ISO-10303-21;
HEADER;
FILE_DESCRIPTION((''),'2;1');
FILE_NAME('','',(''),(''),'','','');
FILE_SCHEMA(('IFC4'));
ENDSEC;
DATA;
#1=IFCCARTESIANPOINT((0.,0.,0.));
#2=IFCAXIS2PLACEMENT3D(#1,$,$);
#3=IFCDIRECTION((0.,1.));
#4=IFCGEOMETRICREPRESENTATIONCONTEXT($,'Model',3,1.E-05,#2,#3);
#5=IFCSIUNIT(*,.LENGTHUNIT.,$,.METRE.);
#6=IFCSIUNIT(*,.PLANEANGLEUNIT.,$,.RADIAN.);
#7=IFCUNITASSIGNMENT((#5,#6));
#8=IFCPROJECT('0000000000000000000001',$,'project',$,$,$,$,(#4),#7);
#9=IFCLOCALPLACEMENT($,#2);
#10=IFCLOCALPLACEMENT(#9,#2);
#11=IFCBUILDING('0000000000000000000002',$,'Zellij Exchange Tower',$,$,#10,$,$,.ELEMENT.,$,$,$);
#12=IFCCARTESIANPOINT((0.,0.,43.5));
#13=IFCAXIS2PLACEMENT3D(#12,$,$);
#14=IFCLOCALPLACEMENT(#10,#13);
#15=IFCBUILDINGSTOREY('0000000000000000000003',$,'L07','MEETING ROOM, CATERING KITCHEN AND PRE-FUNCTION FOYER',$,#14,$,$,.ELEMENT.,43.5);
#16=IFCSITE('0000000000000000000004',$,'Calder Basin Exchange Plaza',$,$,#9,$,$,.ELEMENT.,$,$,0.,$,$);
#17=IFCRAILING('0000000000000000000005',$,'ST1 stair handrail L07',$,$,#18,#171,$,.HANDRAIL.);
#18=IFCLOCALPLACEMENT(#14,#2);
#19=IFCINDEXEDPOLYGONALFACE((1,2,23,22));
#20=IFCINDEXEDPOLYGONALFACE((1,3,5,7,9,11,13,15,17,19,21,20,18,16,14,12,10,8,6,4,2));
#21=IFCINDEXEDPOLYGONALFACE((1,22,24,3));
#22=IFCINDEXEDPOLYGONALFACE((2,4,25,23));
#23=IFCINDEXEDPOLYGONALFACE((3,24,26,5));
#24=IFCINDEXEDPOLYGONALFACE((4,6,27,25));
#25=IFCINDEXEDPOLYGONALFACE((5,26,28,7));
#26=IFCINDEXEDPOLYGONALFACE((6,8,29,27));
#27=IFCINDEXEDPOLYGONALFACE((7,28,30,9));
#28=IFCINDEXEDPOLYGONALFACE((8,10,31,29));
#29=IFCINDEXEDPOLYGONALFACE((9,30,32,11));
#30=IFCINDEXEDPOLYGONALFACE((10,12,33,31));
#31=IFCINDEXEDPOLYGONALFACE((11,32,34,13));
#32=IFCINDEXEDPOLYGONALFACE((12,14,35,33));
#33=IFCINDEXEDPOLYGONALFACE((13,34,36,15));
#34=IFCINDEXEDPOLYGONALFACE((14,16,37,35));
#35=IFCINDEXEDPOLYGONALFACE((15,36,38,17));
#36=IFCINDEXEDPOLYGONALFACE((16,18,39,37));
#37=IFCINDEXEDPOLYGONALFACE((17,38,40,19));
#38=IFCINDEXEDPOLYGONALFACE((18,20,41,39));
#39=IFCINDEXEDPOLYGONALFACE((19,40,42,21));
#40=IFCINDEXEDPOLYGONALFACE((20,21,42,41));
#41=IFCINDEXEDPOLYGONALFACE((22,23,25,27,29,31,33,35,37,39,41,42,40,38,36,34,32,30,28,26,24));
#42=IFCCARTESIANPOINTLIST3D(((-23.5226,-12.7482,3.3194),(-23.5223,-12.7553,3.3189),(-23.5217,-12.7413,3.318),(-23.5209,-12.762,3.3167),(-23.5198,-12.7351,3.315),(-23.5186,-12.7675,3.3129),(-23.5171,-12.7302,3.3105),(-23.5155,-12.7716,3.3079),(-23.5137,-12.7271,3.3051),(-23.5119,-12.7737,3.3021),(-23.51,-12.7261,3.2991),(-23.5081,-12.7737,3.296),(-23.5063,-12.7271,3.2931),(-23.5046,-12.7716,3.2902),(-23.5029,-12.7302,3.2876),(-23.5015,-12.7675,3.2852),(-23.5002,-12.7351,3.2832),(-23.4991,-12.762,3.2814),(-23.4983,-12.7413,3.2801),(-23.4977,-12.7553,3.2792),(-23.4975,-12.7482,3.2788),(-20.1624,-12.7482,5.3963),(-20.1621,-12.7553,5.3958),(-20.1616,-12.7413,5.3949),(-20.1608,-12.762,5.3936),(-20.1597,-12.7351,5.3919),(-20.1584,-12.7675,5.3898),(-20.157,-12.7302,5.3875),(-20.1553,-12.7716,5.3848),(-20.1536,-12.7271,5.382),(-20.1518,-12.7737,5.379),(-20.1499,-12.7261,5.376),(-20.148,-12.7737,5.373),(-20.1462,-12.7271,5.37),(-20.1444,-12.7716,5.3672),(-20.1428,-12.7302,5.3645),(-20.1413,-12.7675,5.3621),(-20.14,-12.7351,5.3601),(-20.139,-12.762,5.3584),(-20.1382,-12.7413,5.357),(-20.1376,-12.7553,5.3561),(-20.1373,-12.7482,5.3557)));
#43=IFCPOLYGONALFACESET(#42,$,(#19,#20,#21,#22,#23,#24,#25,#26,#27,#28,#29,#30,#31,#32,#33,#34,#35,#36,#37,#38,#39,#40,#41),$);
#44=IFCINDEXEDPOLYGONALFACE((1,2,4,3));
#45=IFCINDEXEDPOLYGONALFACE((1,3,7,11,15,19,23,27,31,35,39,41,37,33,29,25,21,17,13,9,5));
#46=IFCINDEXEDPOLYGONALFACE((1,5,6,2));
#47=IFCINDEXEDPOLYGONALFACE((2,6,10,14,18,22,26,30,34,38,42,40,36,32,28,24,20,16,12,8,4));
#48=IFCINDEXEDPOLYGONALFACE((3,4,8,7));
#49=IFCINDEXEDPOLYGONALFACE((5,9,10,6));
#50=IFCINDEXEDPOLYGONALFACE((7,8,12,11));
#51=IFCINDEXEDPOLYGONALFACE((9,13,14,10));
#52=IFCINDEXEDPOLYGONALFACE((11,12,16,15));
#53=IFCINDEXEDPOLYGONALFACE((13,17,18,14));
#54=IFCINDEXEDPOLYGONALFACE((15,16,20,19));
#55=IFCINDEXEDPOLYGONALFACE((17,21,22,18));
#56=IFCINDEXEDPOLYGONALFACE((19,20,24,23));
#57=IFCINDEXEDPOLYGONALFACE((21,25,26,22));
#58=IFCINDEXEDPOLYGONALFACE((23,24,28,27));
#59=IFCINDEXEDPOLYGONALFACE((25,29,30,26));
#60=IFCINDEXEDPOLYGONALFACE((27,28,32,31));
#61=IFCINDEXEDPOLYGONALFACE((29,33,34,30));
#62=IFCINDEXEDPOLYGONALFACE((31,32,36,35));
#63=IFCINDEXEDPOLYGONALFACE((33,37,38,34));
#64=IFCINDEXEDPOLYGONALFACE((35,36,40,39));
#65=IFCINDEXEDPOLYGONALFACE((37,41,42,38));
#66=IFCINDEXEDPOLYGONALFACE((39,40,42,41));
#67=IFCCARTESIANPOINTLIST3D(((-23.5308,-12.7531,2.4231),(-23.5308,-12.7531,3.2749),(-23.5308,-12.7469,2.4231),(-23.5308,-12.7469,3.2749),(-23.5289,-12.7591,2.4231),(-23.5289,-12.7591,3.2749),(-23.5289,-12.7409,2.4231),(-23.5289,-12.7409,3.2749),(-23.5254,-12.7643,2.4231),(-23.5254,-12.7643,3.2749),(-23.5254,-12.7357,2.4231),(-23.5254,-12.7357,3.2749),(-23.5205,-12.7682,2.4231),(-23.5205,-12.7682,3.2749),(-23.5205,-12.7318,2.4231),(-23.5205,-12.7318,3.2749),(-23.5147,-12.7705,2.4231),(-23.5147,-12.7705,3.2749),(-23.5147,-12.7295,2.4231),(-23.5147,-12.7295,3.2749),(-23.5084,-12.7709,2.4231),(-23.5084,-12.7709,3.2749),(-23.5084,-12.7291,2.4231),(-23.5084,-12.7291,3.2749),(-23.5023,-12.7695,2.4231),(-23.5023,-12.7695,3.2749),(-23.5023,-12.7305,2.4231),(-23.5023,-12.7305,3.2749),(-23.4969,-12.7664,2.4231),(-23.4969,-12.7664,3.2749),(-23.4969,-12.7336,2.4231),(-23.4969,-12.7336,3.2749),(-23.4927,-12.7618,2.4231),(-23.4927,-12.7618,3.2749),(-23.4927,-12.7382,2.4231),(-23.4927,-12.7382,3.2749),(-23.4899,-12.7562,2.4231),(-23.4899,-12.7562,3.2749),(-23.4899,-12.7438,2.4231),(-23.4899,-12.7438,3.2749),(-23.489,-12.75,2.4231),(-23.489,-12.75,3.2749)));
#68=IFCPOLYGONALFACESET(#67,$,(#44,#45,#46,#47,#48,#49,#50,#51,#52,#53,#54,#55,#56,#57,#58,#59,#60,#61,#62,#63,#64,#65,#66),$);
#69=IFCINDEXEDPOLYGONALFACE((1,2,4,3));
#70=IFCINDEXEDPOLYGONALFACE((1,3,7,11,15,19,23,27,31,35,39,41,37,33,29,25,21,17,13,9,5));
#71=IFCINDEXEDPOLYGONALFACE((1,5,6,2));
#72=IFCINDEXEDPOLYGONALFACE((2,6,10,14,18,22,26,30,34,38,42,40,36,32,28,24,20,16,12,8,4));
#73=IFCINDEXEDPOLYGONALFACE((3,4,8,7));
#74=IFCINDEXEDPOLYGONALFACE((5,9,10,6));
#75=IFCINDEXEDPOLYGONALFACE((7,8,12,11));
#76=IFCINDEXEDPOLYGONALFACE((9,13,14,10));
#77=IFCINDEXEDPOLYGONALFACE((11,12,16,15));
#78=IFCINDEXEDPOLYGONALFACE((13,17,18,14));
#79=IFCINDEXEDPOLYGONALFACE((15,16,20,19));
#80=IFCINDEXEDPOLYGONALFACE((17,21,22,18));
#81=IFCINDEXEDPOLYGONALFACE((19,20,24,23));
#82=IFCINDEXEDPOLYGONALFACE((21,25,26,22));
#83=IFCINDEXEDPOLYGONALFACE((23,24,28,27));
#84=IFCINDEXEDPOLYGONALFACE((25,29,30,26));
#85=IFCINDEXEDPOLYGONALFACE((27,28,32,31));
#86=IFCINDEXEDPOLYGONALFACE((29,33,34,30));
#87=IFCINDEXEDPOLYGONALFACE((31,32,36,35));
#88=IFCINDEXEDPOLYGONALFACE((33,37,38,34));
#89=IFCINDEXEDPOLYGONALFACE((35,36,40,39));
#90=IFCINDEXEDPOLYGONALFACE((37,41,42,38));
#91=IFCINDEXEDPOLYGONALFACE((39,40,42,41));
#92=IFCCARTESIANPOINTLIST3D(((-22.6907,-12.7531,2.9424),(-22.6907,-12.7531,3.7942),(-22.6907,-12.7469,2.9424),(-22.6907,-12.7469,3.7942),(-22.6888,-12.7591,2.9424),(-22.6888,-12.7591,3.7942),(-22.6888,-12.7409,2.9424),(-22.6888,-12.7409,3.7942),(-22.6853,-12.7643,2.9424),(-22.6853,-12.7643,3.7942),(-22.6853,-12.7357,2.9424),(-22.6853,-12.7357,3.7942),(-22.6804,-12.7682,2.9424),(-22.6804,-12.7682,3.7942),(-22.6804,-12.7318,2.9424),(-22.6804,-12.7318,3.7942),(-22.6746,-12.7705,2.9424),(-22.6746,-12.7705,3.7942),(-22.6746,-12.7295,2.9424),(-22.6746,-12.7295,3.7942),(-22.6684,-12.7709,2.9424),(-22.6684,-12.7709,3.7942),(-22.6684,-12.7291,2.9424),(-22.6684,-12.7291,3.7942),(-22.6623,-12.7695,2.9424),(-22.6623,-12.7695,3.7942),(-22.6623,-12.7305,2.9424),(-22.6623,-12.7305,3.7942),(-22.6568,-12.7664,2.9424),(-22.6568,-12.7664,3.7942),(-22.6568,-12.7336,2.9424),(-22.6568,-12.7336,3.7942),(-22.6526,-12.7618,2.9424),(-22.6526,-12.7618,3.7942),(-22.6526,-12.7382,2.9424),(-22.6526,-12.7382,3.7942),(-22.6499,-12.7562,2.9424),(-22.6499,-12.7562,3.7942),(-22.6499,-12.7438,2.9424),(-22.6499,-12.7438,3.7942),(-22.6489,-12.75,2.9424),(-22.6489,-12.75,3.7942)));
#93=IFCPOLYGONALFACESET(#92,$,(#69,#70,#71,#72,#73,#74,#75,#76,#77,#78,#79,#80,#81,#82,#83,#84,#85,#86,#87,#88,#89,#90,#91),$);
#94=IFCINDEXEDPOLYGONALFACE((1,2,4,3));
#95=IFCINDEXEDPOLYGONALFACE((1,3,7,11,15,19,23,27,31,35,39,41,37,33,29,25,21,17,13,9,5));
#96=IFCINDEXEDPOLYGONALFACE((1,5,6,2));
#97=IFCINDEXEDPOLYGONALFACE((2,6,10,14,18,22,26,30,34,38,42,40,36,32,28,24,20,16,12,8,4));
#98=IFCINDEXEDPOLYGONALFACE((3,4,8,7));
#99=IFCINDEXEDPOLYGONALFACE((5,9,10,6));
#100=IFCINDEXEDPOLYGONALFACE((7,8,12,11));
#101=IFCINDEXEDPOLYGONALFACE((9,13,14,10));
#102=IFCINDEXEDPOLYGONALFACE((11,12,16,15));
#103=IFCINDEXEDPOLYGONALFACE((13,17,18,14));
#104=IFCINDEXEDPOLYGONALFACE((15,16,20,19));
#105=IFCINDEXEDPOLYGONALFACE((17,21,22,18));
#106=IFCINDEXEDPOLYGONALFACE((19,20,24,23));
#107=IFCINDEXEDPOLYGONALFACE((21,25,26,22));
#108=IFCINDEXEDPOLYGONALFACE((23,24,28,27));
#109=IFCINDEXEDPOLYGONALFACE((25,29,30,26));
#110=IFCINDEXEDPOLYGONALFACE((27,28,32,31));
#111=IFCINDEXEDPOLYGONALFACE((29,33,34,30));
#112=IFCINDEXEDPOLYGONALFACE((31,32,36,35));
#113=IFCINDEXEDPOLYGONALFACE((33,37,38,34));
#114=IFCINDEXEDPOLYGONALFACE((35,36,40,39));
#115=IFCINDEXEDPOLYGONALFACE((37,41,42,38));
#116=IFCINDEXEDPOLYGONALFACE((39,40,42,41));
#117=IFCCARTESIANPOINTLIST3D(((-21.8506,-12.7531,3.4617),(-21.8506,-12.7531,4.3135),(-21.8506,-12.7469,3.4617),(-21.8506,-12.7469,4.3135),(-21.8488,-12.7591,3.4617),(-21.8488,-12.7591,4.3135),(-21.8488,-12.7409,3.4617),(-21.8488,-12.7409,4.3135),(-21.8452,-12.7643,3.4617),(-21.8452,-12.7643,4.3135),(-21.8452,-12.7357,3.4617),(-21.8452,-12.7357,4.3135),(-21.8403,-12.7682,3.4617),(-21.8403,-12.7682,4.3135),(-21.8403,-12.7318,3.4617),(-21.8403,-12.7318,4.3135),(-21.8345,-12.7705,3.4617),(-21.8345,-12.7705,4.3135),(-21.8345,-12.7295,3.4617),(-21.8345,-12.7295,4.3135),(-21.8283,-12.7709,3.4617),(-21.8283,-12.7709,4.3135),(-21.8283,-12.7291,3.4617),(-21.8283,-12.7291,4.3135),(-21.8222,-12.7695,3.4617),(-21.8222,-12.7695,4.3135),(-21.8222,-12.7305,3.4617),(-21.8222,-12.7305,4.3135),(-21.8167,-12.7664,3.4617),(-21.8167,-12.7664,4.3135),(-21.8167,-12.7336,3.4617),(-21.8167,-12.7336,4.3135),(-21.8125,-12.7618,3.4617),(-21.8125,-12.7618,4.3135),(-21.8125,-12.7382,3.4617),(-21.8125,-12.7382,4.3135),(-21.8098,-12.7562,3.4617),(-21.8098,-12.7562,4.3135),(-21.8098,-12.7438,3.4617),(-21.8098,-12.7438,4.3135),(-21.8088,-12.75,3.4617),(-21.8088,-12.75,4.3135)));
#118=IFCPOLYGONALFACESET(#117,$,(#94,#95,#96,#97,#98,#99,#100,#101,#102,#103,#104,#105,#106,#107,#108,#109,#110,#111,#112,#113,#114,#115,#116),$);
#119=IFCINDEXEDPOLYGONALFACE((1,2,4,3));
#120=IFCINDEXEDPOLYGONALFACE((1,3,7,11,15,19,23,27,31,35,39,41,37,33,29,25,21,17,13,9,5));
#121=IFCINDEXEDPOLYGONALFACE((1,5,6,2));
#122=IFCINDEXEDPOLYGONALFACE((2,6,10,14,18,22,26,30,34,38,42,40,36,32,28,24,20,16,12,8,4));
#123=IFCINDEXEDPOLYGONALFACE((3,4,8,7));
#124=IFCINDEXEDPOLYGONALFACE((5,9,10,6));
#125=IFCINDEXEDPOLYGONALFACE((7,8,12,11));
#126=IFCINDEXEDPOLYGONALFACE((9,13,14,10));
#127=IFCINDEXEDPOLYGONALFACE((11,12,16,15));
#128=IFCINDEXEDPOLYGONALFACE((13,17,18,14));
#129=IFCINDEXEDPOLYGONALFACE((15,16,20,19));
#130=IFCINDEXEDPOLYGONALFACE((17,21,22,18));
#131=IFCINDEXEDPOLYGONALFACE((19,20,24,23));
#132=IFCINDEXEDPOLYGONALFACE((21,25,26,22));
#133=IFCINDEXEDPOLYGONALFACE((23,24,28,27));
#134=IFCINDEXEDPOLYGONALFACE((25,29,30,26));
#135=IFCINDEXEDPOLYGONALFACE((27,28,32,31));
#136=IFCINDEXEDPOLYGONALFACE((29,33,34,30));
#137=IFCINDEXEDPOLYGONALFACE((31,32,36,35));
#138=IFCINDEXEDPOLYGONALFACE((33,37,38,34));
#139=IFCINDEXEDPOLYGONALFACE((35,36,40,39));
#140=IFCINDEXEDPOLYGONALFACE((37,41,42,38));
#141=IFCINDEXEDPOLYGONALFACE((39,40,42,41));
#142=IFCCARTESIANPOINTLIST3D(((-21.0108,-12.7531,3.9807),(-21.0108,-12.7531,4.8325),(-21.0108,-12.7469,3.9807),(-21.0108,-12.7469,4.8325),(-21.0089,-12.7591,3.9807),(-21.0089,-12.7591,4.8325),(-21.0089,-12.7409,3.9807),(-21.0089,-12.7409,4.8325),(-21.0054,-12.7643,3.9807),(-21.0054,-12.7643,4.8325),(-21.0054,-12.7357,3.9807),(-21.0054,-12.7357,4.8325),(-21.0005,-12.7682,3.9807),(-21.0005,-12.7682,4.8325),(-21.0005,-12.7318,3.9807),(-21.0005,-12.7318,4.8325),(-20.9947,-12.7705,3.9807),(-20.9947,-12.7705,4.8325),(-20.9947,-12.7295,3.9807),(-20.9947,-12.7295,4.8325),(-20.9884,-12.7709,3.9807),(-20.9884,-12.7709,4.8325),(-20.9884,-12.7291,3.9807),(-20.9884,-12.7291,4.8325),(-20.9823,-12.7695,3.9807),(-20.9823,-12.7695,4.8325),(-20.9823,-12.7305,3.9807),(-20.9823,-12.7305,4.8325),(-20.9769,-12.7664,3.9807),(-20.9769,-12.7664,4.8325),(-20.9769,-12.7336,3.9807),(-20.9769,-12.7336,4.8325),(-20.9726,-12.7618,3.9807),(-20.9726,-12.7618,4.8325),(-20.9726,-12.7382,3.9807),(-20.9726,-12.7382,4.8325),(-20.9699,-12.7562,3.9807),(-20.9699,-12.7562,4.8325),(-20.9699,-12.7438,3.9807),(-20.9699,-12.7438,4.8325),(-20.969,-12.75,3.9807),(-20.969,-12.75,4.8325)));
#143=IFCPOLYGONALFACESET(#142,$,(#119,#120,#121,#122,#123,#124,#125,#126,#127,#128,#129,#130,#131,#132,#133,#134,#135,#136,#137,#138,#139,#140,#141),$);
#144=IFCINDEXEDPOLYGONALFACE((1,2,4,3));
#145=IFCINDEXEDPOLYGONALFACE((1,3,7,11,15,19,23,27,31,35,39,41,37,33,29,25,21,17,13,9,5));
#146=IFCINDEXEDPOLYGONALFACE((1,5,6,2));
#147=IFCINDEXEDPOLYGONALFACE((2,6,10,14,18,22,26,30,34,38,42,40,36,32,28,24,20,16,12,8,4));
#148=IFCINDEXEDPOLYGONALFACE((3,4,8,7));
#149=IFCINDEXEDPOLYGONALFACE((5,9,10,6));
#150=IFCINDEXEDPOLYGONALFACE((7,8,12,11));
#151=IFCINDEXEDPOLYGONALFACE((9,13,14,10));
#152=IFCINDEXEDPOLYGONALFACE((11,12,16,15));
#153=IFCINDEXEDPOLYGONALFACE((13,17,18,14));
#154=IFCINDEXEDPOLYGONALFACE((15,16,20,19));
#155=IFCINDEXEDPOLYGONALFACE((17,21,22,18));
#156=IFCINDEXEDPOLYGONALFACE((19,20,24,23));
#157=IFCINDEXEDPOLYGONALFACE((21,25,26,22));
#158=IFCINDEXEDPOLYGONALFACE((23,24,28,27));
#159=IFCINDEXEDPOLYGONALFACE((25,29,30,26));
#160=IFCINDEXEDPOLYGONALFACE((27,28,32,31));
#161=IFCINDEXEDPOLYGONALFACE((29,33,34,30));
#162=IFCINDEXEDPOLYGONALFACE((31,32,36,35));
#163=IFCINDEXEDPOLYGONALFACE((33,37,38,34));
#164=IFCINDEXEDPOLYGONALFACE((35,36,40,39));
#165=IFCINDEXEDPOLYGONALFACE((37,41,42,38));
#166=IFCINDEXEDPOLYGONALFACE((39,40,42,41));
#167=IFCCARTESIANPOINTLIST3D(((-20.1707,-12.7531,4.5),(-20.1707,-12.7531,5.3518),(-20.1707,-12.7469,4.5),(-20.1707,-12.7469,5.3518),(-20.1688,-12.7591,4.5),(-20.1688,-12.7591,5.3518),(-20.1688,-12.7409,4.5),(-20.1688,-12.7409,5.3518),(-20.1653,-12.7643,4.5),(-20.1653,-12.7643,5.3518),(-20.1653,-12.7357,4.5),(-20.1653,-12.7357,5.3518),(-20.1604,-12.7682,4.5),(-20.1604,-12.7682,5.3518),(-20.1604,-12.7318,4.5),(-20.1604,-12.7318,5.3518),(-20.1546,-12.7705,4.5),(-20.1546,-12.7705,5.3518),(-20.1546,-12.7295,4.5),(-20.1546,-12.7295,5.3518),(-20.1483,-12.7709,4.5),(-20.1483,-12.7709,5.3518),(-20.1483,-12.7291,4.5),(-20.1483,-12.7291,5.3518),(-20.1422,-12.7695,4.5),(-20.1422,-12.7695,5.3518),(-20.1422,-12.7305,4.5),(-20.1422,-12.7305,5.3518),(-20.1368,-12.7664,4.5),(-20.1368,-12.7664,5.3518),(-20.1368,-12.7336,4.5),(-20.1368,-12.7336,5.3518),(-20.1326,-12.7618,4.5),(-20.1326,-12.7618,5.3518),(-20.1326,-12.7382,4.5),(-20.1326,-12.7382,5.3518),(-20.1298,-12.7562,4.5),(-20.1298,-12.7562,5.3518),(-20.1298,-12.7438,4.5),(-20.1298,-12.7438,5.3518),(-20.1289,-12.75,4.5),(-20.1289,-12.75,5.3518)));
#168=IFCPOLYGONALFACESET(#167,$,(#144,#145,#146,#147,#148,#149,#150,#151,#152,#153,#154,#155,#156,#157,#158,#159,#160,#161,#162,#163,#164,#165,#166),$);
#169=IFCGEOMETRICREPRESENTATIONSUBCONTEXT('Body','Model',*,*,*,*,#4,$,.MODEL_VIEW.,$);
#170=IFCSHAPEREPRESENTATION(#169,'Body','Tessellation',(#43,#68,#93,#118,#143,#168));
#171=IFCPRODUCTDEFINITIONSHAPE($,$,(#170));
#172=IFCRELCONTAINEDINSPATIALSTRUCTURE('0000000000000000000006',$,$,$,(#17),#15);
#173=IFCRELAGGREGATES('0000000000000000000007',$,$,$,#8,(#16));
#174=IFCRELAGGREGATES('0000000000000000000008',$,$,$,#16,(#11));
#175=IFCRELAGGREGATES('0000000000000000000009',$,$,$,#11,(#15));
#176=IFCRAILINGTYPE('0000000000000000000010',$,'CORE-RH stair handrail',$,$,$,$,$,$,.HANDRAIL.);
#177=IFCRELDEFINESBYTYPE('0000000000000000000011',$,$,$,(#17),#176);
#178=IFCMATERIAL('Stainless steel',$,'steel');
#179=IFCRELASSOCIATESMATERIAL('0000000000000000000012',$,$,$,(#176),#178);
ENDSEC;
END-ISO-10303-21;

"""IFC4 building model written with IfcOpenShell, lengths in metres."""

from ifc_helpers import new_model, si_unit, direction, frame, origin, origin_2d, place, context, subcontext, project, spatial, circle, extrude, material, type_object, element, save


model = new_model("IFC4")

# Units and contexts
model_context = context("Model", 3, precision=1e-05, world=origin(), true_north=direction((0.0, 1.0)))
body_context = subcontext(model_context, "Body", "Model", "MODEL_VIEW")
ifc_project = project(units=[si_unit("LENGTHUNIT", "METRE"), si_unit("PLANEANGLEUNIT", "RADIAN")], contexts=[model_context])

# Site, building, storey
site_placement = place(None, origin())
site = spatial("IfcSite", under=ifc_project, at=site_placement, Name="Calder Basin Exchange Plaza", CompositionType="ELEMENT", RefElevation=0.0)
building_placement = place(site_placement, origin())
building = spatial("IfcBuilding", under=site, at=building_placement, Name="Zellij Exchange Tower", CompositionType="ELEMENT")
storey_placement = place(building_placement, frame((0.0, 0.0, 43.5)))
storey = spatial("IfcBuildingStorey", under=building, at=storey_placement, Name="L07", Description="MEETING ROOM, CATERING KITCHEN AND PRE-FUNCTION FOYER", CompositionType="ELEMENT", Elevation=43.5)

# Railing
ifc_material_1 = material(Name="Stainless steel", Category="steel")
railing_type = type_object("IfcRailingType", Name="CORE-RH stair handrail", PredefinedType="HANDRAIL", material=ifc_material_1)
railing_placement = place(storey_placement, frame((-23.51, -12.75, 2.4231)))
element("IfcRailing", 1, at=railing_placement, inside=storey, type_object=railing_type, Name="ST1 stair handrail L07", PredefinedType="HANDRAIL", context=body_context, shape_type="SweptSolid", body=[
    extrude(circle(Radius=0.0239, at=origin_2d()), frame((0.0, 0.0, 0.876), z_axis=(0.850623, 0.0, 0.525776), x_axis=(0.0, 1.0, 0.0)), (0.0, 0.0, 1.0), 3.9502),
    extrude(circle(Radius=0.021, at=origin_2d()), origin(), (0.0, 0.0, 1.0), 0.8518),
    extrude(circle(Radius=0.021, at=origin_2d()), frame((0.8401, 0.0, 0.5193)), (0.0, 0.0, 1.0), 0.8518),
    extrude(circle(Radius=0.021, at=origin_2d()), frame((1.6802, 0.0, 1.0386)), (0.0, 0.0, 1.0), 0.8518),
    extrude(circle(Radius=0.021, at=origin_2d()), frame((2.52, 0.0, 1.5576)), (0.0, 0.0, 1.0), 0.8518),
    extrude(circle(Radius=0.021, at=origin_2d()), frame((3.3601, 0.0, 2.0769)), (0.0, 0.0, 1.0), 0.8518),
])

save(model, "model.ifc")
